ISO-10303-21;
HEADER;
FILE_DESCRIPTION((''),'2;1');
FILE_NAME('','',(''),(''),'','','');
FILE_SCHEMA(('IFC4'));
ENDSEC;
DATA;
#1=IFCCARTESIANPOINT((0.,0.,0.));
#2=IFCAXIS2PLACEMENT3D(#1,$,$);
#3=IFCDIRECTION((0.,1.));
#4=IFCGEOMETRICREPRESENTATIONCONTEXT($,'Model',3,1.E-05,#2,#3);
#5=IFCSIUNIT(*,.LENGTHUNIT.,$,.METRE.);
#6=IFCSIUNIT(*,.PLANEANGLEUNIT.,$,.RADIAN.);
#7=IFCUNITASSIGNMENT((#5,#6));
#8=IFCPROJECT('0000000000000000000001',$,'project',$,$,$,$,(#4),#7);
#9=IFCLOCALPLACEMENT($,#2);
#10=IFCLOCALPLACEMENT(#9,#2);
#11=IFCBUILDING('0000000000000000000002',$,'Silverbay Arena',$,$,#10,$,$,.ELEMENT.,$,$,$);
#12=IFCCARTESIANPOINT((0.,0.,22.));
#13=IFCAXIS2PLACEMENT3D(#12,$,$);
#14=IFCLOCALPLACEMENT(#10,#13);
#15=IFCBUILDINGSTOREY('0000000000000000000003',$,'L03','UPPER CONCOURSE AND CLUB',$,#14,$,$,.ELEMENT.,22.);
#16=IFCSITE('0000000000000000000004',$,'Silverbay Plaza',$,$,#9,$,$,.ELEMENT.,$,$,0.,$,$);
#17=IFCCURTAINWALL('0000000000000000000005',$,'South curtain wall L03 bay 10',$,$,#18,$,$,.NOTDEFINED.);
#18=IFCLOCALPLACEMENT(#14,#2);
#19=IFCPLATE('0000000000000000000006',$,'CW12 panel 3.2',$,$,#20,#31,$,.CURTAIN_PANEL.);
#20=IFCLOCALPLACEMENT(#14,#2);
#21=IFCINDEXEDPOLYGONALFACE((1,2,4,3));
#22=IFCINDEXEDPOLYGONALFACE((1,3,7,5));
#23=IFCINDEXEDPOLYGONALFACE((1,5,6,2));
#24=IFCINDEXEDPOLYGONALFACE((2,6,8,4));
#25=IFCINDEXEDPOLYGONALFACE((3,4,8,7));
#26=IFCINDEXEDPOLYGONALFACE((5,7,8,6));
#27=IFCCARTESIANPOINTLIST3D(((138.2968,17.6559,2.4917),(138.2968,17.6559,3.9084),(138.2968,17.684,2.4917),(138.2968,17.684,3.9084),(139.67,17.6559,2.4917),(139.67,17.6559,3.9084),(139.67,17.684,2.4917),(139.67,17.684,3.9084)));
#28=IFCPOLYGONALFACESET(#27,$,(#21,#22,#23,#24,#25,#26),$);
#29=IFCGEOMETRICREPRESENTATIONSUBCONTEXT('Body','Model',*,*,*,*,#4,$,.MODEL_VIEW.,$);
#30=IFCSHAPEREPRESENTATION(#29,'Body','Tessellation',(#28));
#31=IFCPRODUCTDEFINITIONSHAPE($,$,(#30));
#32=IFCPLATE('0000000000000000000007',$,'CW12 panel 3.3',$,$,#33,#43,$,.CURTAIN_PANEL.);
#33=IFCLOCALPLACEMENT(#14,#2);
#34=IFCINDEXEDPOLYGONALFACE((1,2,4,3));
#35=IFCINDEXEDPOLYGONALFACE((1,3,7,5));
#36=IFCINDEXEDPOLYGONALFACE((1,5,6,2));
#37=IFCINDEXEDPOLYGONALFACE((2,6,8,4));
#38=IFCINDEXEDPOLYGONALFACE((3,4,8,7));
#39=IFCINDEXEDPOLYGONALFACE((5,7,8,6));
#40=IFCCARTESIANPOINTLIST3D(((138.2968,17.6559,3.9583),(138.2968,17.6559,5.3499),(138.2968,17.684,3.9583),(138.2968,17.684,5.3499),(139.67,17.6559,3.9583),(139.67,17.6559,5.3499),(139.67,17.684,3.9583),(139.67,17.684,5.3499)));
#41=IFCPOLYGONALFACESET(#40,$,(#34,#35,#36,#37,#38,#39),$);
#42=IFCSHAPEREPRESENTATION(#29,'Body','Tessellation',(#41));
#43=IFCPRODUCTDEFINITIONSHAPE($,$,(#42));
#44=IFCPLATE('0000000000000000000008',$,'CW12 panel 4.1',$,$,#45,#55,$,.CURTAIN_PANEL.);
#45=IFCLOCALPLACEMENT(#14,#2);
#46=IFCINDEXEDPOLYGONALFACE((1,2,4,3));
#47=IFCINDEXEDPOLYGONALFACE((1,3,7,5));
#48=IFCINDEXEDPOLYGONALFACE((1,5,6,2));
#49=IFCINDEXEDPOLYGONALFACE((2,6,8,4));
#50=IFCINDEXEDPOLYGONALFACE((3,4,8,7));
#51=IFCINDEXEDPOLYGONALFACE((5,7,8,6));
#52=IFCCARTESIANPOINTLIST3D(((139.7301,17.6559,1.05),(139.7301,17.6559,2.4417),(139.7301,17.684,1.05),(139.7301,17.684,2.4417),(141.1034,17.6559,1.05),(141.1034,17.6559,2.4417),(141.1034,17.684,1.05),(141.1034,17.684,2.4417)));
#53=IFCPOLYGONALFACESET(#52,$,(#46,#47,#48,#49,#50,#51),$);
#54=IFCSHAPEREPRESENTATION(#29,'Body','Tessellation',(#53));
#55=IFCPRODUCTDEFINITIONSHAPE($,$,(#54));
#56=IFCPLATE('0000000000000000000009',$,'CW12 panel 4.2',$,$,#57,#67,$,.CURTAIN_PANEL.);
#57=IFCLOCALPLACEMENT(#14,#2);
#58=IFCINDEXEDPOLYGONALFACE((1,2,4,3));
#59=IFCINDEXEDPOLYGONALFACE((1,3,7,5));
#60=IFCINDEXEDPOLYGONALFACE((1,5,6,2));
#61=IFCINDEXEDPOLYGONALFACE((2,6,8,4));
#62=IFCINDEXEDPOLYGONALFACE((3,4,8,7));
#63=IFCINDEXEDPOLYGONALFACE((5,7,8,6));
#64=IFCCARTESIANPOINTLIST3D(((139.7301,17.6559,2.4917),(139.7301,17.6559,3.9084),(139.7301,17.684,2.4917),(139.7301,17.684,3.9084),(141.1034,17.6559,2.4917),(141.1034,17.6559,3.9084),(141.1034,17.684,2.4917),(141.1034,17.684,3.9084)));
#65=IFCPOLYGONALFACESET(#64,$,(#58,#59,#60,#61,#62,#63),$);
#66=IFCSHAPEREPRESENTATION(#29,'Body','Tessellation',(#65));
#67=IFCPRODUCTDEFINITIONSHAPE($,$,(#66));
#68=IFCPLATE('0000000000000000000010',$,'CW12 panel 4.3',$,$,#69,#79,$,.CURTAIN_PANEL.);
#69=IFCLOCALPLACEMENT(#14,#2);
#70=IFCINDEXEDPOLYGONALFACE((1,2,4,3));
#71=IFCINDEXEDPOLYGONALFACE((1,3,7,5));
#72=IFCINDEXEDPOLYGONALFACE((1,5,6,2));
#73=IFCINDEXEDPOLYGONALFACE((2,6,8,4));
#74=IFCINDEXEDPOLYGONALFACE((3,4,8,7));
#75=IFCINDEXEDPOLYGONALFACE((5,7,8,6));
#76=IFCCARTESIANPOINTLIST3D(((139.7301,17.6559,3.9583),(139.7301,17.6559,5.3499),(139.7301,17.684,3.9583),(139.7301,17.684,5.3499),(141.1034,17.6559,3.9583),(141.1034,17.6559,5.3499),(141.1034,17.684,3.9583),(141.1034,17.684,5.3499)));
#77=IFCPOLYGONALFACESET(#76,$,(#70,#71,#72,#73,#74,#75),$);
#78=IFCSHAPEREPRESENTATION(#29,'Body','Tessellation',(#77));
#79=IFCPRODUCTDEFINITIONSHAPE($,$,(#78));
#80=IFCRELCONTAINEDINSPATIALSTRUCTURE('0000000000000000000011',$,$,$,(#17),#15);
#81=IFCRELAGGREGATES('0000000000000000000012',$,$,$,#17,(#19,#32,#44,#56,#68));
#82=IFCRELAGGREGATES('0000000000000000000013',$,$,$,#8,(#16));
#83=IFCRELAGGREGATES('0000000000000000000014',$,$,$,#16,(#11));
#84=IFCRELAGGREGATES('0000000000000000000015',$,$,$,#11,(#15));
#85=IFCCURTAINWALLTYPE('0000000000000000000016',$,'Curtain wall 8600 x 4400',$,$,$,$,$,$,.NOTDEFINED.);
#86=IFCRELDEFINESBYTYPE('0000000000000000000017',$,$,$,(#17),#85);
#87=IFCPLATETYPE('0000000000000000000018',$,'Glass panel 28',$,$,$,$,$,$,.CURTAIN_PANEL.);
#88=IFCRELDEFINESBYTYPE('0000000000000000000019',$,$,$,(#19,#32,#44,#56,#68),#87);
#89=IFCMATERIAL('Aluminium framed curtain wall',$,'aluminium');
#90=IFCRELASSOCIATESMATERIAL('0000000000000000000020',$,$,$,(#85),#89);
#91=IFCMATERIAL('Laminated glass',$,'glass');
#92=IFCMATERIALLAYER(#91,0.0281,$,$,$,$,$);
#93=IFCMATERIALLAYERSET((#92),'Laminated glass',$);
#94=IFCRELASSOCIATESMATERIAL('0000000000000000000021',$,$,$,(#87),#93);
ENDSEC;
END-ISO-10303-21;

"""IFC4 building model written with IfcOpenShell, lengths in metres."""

from ifc_helpers import new_model, si_unit, direction, frame, origin, origin_2d, place, context, subcontext, project, spatial, rectangle, extrude, material, layer, layer_set, type_object, element, aggregate, save


model = new_model("IFC4")

# Units and contexts
model_context = context("Model", 3, precision=1e-05, world=origin(), true_north=direction((0.0, 1.0)))
body_context = subcontext(model_context, "Body", "Model", "MODEL_VIEW")
ifc_project = project(units=[si_unit("LENGTHUNIT", "METRE"), si_unit("PLANEANGLEUNIT", "RADIAN")], contexts=[model_context])

# Site, building, storey
site_placement = place(None, origin())
site = spatial("IfcSite", under=ifc_project, at=site_placement, Name="Silverbay Plaza", CompositionType="ELEMENT", RefElevation=0.0)
building_placement = place(site_placement, origin())
building = spatial("IfcBuilding", under=site, at=building_placement, Name="Silverbay Arena", CompositionType="ELEMENT")
storey_placement = place(building_placement, frame((0.0, 0.0, 22.0)))
storey = spatial("IfcBuildingStorey", under=building, at=storey_placement, Name="L03", Description="UPPER CONCOURSE AND CLUB", CompositionType="ELEMENT", Elevation=22.0)

# Curtain wall, plates
ifc_material_1 = material(Name="Aluminium framed curtain wall", Category="aluminium")
curtain_wall_type = type_object("IfcCurtainWallType", Name="Curtain wall 8600 x 4400", PredefinedType="NOTDEFINED", material=ifc_material_1)
curtain_wall_placement = place(storey_placement, origin())
curtain_wall = element("IfcCurtainWall", 1, at=curtain_wall_placement, inside=storey, type_object=curtain_wall_type, Name="South curtain wall L03 bay 10", PredefinedType="NOTDEFINED")
ifc_material_2 = material(Name="Laminated glass", Category="glass")
ifc_layer = layer(ifc_material_2, 0.0281)
ifc_layer_set = layer_set([ifc_layer], Name="Laminated glass")
plate_type = type_object("IfcPlateType", Name="Glass panel 28", PredefinedType="CURTAIN_PANEL", material=ifc_layer_set)
plate_1_placement = place(storey_placement, frame((138.9834, 17.6699, 2.4917), z_axis=(0.0, 0.0, 1.0), x_axis=(1.0, 0.0, 0.0)))
plate_1 = element("IfcPlate", 2, at=plate_1_placement, type_object=plate_type, Name="CW12 panel 3.2", PredefinedType="CURTAIN_PANEL", context=body_context, shape_type="SweptSolid", body=[
    extrude(rectangle(XDim=1.3733, YDim=0.0281, at=origin_2d()), origin(), (0.0, 0.0, 1.0), 1.4167),
])
plate_2_placement = place(storey_placement, frame((138.9834, 17.6699, 3.9583), z_axis=(0.0, 0.0, 1.0), x_axis=(1.0, 0.0, 0.0)))
plate_2 = element("IfcPlate", 3, at=plate_2_placement, type_object=plate_type, Name="CW12 panel 3.3", PredefinedType="CURTAIN_PANEL", context=body_context, shape_type="SweptSolid", body=[
    extrude(rectangle(XDim=1.3733, YDim=0.0281, at=origin_2d()), origin(), (0.0, 0.0, 1.0), 1.3916),
])
plate_3_placement = place(storey_placement, frame((140.4167, 17.6699, 1.05), z_axis=(0.0, 0.0, 1.0), x_axis=(1.0, 0.0, 0.0)))
plate_3 = element("IfcPlate", 4, at=plate_3_placement, type_object=plate_type, Name="CW12 panel 4.1", PredefinedType="CURTAIN_PANEL", context=body_context, shape_type="SweptSolid", body=[
    extrude(rectangle(XDim=1.3733, YDim=0.0281, at=origin_2d()), origin(), (0.0, 0.0, 1.0), 1.3916),
])
plate_4_placement = place(storey_placement, frame((140.4167, 17.6699, 2.4917), z_axis=(0.0, 0.0, 1.0), x_axis=(1.0, 0.0, 0.0)))
plate_4 = element("IfcPlate", 5, at=plate_4_placement, type_object=plate_type, Name="CW12 panel 4.2", PredefinedType="CURTAIN_PANEL", context=body_context, shape_type="SweptSolid", body=[
    extrude(rectangle(XDim=1.3733, YDim=0.0281, at=origin_2d()), origin(), (0.0, 0.0, 1.0), 1.4167),
])
plate_5_placement = place(storey_placement, frame((140.4167, 17.6699, 3.9583), z_axis=(0.0, 0.0, 1.0), x_axis=(1.0, 0.0, 0.0)))
plate_5 = element("IfcPlate", 6, at=plate_5_placement, type_object=plate_type, Name="CW12 panel 4.3", PredefinedType="CURTAIN_PANEL", context=body_context, shape_type="SweptSolid", body=[
    extrude(rectangle(XDim=1.3733, YDim=0.0281, at=origin_2d()), origin(), (0.0, 0.0, 1.0), 1.3916),
])
aggregate(curtain_wall, [plate_1, plate_2, plate_3, plate_4, plate_5])

save(model, "model.ifc")
